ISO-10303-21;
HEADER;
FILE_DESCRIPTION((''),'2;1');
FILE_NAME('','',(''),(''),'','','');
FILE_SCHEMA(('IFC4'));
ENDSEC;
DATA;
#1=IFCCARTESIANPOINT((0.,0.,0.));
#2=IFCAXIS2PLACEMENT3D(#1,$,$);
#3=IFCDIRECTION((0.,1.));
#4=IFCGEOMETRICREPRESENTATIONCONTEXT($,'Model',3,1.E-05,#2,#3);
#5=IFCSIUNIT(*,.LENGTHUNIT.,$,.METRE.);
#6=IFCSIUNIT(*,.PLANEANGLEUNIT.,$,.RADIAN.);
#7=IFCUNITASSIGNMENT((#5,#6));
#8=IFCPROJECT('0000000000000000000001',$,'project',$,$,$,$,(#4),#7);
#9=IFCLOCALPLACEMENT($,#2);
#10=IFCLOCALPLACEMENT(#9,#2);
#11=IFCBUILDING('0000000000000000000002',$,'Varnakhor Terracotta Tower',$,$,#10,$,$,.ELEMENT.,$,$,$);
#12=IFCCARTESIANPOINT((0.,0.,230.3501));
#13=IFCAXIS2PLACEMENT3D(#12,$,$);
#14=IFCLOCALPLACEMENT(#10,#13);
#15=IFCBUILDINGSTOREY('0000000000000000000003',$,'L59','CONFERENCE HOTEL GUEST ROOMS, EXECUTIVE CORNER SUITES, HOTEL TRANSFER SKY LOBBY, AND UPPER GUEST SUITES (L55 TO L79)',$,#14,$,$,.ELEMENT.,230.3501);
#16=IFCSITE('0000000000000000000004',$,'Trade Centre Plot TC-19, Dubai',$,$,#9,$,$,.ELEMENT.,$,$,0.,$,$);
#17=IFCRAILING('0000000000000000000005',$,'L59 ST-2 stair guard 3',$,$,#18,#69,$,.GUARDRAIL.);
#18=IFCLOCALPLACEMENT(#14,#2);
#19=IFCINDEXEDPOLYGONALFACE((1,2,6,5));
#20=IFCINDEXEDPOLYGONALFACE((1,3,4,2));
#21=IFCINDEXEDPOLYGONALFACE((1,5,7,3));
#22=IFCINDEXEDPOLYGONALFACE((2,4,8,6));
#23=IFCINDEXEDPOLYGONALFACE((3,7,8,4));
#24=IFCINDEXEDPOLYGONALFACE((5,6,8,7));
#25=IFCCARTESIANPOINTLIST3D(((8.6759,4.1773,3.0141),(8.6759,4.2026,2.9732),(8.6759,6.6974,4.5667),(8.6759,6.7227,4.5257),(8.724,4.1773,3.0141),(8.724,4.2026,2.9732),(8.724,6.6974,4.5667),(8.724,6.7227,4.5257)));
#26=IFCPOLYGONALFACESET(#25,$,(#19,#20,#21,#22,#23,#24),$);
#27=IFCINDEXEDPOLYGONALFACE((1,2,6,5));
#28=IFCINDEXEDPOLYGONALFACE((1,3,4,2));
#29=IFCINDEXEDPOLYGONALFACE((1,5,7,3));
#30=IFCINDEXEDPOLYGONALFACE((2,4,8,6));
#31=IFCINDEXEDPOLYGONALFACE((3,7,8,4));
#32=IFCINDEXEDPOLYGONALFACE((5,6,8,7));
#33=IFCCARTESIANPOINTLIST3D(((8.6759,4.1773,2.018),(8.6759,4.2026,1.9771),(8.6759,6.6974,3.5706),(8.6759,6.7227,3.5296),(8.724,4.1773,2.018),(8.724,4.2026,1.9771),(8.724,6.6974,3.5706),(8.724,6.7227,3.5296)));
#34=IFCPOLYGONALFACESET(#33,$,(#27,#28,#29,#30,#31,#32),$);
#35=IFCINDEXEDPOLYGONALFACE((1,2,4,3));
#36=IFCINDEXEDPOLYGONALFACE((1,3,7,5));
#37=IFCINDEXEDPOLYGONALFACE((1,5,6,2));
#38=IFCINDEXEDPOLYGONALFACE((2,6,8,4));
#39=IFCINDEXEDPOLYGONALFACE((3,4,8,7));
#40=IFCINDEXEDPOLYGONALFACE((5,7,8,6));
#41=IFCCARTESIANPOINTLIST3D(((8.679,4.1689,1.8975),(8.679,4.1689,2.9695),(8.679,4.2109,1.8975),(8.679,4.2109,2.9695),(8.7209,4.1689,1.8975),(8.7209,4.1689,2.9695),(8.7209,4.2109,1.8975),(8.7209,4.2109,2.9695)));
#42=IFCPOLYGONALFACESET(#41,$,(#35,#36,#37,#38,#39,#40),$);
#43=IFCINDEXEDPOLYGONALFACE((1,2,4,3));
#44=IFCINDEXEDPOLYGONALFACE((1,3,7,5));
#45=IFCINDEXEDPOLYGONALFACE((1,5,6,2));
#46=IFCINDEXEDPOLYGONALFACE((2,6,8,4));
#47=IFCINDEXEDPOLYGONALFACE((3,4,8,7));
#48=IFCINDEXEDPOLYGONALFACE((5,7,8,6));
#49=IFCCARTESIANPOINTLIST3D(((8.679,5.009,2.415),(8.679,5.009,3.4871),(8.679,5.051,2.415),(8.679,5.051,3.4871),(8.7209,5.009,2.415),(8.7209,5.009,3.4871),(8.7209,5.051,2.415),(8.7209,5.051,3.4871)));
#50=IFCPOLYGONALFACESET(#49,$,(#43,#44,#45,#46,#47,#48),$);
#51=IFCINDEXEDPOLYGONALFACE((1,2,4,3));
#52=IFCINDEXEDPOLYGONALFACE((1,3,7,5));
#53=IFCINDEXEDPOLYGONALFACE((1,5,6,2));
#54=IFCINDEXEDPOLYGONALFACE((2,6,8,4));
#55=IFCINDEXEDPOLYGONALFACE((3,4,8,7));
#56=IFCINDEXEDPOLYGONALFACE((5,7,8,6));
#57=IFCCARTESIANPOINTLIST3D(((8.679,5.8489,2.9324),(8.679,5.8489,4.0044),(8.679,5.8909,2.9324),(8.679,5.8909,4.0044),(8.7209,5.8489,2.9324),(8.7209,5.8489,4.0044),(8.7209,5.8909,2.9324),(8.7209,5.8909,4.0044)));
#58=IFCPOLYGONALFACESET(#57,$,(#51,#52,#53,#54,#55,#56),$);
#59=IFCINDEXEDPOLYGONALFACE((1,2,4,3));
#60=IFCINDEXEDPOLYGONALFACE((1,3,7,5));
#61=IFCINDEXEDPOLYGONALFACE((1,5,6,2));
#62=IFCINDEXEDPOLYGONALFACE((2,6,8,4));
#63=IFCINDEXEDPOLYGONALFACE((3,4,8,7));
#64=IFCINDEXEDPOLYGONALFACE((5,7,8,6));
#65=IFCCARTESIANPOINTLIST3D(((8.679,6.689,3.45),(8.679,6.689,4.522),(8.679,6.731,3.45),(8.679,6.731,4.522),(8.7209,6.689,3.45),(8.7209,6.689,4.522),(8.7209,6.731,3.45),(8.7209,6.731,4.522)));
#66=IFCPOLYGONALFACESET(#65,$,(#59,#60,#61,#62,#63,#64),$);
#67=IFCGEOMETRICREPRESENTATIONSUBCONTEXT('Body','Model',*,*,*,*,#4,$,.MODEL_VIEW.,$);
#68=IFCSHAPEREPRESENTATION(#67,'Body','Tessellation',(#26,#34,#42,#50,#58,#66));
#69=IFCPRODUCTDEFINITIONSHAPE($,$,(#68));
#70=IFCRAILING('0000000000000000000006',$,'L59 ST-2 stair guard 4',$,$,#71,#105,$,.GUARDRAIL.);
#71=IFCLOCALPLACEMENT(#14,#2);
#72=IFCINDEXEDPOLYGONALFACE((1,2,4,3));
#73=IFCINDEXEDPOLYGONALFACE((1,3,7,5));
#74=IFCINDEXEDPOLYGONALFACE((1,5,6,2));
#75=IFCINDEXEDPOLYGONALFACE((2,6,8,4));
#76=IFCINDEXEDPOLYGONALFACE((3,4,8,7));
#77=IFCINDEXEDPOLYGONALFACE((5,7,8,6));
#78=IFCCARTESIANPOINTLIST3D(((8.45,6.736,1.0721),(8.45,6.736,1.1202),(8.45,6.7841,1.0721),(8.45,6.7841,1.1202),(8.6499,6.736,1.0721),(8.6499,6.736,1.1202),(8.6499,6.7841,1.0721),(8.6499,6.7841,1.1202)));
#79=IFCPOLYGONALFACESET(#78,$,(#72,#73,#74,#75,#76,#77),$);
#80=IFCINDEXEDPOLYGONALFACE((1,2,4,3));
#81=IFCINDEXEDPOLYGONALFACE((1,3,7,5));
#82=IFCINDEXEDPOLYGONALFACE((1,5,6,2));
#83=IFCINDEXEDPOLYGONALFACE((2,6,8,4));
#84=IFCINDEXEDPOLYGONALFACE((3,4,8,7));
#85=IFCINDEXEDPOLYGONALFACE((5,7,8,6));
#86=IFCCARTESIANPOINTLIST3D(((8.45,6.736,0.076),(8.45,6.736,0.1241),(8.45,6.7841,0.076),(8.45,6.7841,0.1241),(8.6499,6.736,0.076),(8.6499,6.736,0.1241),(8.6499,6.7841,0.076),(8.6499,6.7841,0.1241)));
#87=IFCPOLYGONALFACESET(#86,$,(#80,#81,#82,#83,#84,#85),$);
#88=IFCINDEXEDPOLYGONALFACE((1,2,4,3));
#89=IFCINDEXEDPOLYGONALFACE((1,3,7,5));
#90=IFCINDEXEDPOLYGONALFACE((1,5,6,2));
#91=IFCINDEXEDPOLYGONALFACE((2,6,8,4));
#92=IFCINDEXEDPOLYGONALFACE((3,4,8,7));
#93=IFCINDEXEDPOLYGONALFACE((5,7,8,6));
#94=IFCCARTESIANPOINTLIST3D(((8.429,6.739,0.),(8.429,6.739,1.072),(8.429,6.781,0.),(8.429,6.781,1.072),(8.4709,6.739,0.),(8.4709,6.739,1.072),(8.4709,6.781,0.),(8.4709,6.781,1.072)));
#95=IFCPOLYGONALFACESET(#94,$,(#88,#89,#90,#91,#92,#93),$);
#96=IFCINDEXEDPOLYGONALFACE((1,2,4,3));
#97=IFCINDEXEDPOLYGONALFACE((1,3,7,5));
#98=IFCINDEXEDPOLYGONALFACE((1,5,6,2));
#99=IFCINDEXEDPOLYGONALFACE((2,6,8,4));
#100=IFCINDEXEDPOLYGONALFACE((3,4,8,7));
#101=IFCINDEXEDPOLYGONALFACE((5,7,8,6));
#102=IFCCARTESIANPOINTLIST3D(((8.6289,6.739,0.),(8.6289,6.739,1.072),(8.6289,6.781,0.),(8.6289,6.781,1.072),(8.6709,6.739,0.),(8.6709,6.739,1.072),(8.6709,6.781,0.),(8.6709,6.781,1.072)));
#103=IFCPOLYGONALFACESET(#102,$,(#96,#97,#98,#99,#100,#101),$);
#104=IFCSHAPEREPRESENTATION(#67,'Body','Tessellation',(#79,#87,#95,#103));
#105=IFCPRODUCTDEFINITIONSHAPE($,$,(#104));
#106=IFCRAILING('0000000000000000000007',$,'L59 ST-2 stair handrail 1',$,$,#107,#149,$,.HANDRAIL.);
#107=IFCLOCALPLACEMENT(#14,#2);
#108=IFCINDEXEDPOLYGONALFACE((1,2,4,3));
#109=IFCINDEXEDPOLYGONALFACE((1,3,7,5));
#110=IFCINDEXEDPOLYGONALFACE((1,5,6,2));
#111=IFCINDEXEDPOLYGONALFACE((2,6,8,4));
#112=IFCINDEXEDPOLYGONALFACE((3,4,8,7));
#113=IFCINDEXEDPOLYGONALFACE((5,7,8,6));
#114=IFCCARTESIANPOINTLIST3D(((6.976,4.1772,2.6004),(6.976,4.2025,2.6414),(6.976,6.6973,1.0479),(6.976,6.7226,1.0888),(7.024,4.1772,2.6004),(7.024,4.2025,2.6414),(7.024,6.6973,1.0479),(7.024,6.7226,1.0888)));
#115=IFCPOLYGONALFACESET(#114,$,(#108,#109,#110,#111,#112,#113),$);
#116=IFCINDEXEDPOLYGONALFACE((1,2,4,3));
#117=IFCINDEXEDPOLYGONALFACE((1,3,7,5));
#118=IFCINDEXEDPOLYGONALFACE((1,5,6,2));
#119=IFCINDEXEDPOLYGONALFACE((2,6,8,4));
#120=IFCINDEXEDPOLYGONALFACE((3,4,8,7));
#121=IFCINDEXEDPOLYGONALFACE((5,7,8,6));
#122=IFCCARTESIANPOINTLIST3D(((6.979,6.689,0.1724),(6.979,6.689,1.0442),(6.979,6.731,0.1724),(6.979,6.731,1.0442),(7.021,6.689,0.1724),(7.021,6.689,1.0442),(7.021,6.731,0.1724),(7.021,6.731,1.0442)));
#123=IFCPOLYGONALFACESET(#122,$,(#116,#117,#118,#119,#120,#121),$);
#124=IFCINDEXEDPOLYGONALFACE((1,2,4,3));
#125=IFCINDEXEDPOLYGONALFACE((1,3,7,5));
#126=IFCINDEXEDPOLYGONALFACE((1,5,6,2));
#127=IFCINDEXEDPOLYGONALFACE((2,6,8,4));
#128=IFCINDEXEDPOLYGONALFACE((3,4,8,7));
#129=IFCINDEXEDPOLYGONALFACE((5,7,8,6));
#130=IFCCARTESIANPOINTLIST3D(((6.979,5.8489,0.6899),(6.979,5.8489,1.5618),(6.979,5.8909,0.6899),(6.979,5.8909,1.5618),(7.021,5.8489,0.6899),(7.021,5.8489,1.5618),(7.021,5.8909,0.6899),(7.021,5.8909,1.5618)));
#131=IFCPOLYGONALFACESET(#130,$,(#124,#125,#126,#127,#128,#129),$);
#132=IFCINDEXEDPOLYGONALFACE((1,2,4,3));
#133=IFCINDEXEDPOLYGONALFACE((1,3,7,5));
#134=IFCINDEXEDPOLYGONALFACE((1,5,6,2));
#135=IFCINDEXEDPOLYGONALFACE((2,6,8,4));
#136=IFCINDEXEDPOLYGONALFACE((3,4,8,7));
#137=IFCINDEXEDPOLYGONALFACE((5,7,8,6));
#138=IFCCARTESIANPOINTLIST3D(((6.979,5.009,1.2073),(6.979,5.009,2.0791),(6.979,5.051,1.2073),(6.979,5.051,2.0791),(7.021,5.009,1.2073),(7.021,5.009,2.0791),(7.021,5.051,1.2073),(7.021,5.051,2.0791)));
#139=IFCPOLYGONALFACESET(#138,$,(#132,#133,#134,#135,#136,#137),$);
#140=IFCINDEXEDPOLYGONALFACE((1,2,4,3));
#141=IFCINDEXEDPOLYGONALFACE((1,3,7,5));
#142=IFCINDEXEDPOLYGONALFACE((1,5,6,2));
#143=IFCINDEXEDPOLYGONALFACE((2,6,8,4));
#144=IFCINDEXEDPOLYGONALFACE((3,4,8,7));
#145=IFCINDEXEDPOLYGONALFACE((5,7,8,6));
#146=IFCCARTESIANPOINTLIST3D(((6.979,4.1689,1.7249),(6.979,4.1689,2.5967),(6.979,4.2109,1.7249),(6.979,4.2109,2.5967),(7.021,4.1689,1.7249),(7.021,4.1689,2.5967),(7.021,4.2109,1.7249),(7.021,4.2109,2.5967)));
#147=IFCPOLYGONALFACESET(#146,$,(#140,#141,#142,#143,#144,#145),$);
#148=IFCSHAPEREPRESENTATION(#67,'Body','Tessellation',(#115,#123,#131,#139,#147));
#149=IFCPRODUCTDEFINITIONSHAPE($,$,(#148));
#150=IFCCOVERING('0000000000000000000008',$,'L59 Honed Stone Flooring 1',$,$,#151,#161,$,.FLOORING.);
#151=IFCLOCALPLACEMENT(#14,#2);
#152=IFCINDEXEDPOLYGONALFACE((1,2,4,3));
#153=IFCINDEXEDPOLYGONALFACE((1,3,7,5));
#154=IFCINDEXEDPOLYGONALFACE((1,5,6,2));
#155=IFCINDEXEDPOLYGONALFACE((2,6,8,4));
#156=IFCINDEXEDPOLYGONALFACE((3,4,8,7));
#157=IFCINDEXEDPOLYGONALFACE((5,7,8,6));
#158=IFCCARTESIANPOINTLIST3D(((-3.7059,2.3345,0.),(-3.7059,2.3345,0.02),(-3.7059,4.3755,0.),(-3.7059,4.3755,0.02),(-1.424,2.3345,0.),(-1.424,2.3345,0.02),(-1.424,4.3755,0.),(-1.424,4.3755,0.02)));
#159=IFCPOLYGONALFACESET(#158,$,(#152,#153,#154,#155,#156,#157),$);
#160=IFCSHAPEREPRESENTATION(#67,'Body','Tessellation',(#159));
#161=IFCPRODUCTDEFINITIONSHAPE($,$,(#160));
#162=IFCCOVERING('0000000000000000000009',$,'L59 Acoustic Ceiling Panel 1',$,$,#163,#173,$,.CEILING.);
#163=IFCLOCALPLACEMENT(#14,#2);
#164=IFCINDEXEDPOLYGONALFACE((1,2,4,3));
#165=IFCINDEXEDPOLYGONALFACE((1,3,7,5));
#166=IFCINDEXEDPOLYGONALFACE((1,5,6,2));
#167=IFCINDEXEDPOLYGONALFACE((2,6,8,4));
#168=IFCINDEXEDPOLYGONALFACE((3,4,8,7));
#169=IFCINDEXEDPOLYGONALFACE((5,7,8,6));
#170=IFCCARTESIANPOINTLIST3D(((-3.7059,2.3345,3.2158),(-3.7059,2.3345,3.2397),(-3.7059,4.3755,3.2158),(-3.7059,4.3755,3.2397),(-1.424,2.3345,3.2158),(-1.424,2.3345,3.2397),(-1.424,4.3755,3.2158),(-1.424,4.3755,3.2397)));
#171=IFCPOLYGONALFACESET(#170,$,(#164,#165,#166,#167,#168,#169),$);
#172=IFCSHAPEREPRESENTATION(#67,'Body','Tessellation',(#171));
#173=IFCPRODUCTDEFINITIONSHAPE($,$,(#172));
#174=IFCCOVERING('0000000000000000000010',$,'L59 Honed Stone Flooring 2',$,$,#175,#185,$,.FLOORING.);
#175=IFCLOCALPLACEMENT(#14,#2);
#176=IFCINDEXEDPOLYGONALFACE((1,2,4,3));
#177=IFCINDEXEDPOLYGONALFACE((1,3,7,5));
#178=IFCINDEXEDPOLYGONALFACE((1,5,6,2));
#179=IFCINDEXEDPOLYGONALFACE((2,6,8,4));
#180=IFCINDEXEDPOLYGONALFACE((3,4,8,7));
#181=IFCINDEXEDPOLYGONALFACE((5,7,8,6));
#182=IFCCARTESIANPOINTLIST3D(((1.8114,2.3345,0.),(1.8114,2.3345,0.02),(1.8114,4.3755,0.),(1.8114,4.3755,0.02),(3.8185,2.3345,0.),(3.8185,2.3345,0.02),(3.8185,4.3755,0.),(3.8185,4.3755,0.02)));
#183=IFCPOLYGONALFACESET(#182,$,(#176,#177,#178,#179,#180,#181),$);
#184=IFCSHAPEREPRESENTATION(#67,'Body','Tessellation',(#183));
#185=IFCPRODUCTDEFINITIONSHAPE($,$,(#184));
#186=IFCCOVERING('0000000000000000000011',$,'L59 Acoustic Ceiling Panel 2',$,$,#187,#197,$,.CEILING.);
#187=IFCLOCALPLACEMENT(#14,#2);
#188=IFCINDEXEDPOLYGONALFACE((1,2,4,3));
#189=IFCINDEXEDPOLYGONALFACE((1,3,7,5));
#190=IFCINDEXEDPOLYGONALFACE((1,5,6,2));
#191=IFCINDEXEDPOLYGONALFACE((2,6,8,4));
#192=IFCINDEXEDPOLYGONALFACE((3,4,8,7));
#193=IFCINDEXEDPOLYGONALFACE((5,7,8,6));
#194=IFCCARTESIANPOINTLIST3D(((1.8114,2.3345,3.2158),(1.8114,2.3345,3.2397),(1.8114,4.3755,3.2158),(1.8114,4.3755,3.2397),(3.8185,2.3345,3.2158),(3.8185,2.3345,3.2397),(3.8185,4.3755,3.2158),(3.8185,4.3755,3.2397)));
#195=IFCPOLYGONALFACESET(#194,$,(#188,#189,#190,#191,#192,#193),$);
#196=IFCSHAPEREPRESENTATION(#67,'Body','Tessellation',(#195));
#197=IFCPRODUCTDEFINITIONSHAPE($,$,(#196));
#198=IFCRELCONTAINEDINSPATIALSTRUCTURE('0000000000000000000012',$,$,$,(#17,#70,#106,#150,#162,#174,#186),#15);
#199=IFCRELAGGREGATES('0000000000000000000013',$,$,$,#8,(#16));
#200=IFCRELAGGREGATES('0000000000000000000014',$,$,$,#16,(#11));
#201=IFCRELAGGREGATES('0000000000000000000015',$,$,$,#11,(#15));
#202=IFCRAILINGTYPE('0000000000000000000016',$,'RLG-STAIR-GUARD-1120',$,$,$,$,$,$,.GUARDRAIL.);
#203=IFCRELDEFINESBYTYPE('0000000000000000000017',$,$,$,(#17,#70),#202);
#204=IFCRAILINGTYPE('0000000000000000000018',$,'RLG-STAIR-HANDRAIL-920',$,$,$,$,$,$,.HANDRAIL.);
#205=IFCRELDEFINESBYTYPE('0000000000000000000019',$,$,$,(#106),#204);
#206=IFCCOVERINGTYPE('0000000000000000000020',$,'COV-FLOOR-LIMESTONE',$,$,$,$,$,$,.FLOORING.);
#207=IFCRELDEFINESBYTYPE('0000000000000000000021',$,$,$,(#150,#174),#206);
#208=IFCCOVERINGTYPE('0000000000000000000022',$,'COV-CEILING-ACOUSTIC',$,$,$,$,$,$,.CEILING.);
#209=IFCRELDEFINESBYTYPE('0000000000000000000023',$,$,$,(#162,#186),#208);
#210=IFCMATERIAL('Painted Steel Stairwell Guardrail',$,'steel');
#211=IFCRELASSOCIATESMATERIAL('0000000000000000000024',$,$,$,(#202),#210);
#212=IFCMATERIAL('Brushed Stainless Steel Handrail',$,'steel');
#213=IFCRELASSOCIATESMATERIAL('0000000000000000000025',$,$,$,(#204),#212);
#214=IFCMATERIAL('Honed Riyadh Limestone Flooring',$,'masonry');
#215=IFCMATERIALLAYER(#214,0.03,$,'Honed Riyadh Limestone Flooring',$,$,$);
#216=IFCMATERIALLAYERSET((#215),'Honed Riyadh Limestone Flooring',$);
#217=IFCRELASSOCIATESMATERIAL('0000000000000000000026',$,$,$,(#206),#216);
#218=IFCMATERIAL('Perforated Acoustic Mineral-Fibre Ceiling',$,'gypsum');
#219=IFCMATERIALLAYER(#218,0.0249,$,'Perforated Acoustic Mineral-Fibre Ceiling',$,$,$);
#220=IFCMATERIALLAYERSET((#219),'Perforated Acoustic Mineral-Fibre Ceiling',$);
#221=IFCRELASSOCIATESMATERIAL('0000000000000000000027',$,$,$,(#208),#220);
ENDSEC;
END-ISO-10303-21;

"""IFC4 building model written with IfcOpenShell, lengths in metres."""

from ifc_helpers import new_model, si_unit, direction, frame, origin, origin_2d, place, context, subcontext, project, spatial, rectangle, extrude, source, transform, mapped, material, layer, layer_set, type_object, element, save


model = new_model("IFC4")

# Units and contexts
model_context = context("Model", 3, precision=1e-05, world=origin(), true_north=direction((0.0, 1.0)))
body_context = subcontext(model_context, "Body", "Model", "MODEL_VIEW")
ifc_project = project(units=[si_unit("LENGTHUNIT", "METRE"), si_unit("PLANEANGLEUNIT", "RADIAN")], contexts=[model_context])

# Site, building, storey
site_placement = place(None, origin())
site = spatial("IfcSite", under=ifc_project, at=site_placement, Name="Trade Centre Plot TC-19, Dubai", CompositionType="ELEMENT", RefElevation=0.0)
building_placement = place(site_placement, origin())
building = spatial("IfcBuilding", under=site, at=building_placement, Name="Varnakhor Terracotta Tower", CompositionType="ELEMENT")
storey_placement = place(building_placement, frame((0.0, 0.0, 230.3501)))
storey = spatial("IfcBuildingStorey", under=building, at=storey_placement, Name="L59", Description="CONFERENCE HOTEL GUEST ROOMS, EXECUTIVE CORNER SUITES, HOTEL TRANSFER SKY LOBBY, AND UPPER GUEST SUITES (L55 TO L79)", CompositionType="ELEMENT", Elevation=230.3501)

# Railings
ifc_material_1 = material(Name="Painted Steel Stairwell Guardrail", Category="steel")
railing_type_1 = type_object("IfcRailingType", Name="RLG-STAIR-GUARD-1120", PredefinedType="GUARDRAIL", material=ifc_material_1)
railing_1_placement = place(storey_placement, frame((8.7, 4.1899, 1.8975)))
element("IfcRailing", 1, at=railing_1_placement, inside=storey, type_object=railing_type_1, Name="L59 ST-2 stair guard 3", PredefinedType="GUARDRAIL", context=body_context, shape_type="SweptSolid", body=[
    extrude(rectangle(XDim=0.0481, YDim=0.0481, at=origin_2d()), frame((0.0, 0.0, 1.0962), z_axis=(0.0, 0.8514, 0.524516), x_axis=(-1.0, 0.0, 0.0)), (0.0, 0.0, 1.0), 2.96),
    extrude(rectangle(XDim=0.0481, YDim=0.0481, at=origin_2d()), frame((0.0, 0.0, 0.1001), z_axis=(0.0, 0.8514, 0.524516), x_axis=(-1.0, 0.0, 0.0)), (0.0, 0.0, 1.0), 2.96),
    extrude(rectangle(XDim=0.042, YDim=0.042, at=origin_2d()), origin(), (0.0, 0.0, 1.0), 1.072),
    extrude(rectangle(XDim=0.042, YDim=0.042, at=origin_2d()), frame((0.0, 0.8401, 0.5176)), (0.0, 0.0, 1.0), 1.072),
    extrude(rectangle(XDim=0.042, YDim=0.042, at=origin_2d()), frame((0.0, 1.6799, 1.0349)), (0.0, 0.0, 1.0), 1.072),
    extrude(rectangle(XDim=0.042, YDim=0.042, at=origin_2d()), frame((0.0, 2.52, 1.5525)), (0.0, 0.0, 1.0), 1.072),
])
railing_2_placement = place(storey_placement, frame((8.45, 6.76, 0.0)))
element("IfcRailing", 2, at=railing_2_placement, inside=storey, type_object=railing_type_1, Name="L59 ST-2 stair guard 4", PredefinedType="GUARDRAIL", context=body_context, shape_type="SweptSolid", body=[
    extrude(rectangle(XDim=0.0481, YDim=0.0481, at=origin_2d()), frame((0.0, 0.0, 1.0962), z_axis=(1.0, 0.0, 0.0), x_axis=(0.0, 1.0, 0.0)), (0.0, 0.0, 1.0), 0.2),
    extrude(rectangle(XDim=0.0481, YDim=0.0481, at=origin_2d()), frame((0.0, 0.0, 0.1001), z_axis=(1.0, 0.0, 0.0), x_axis=(0.0, 1.0, 0.0)), (0.0, 0.0, 1.0), 0.2),
    extrude(rectangle(XDim=0.042, YDim=0.042, at=origin_2d()), origin(), (0.0, 0.0, 1.0), 1.072),
    extrude(rectangle(XDim=0.042, YDim=0.042, at=origin_2d()), frame((0.2, 0.0, 0.0)), (0.0, 0.0, 1.0), 1.072),
])
ifc_material_2 = material(Name="Brushed Stainless Steel Handrail", Category="steel")
railing_type_2 = type_object("IfcRailingType", Name="RLG-STAIR-HANDRAIL-920", PredefinedType="HANDRAIL", material=ifc_material_2)
railing_3_placement = place(storey_placement, frame((7.0, 6.71, 0.1724)))
element("IfcRailing", 3, at=railing_3_placement, inside=storey, type_object=railing_type_2, Name="L59 ST-2 stair handrail 1", PredefinedType="HANDRAIL", context=body_context, shape_type="SweptSolid", body=[
    extrude(rectangle(XDim=0.0481, YDim=0.0481, at=origin_2d()), frame((0.0, 0.0, 0.896), z_axis=(0.0, -0.8514, 0.524516), x_axis=(1.0, 0.0, 0.0)), (0.0, 0.0, 1.0), 2.96),
    extrude(rectangle(XDim=0.042, YDim=0.042, at=origin_2d()), origin(), (0.0, 0.0, 1.0), 0.8718),
    extrude(rectangle(XDim=0.042, YDim=0.042, at=origin_2d()), frame((0.0, -0.8401, 0.5176)), (0.0, 0.0, 1.0), 0.8718),
    extrude(rectangle(XDim=0.042, YDim=0.042, at=origin_2d()), frame((0.0, -1.6799, 1.0349)), (0.0, 0.0, 1.0), 0.8718),
    extrude(rectangle(XDim=0.042, YDim=0.042, at=origin_2d()), frame((0.0, -2.52, 1.5525)), (0.0, 0.0, 1.0), 0.8718),
])

# Coverings
ifc_material_3 = material(Name="Honed Riyadh Limestone Flooring", Category="masonry")
ifc_layer_1 = layer(ifc_material_3, 0.03, Name="Honed Riyadh Limestone Flooring")
ifc_layer_set_1 = layer_set([ifc_layer_1], Name="Honed Riyadh Limestone Flooring")
covering_type_1 = type_object("IfcCoveringType", Name="COV-FLOOR-LIMESTONE", PredefinedType="FLOORING", material=ifc_layer_set_1)
shared_shape_1 = source(origin(), body_context, "Body", "SweptSolid", [
    extrude(rectangle(XDim=2.282, YDim=2.041, at=origin_2d()), origin(), (0.0, 0.0, 1.0), 0.02),
])
covering_1_placement = place(storey_placement, frame((-2.5649, 3.355, 0.0), z_axis=(0.0, 0.0, 1.0), x_axis=(1.0, 0.0, 0.0)))
element("IfcCovering", 4, at=covering_1_placement, inside=storey, type_object=covering_type_1, Name="L59 Honed Stone Flooring 1", PredefinedType="FLOORING", context=body_context, shape_type="MappedRepresentation", body=[
    mapped(shared_shape_1, transform((0.0, 0.0, 0.0), scale=1.0)),
])
ifc_material_4 = material(Name="Perforated Acoustic Mineral-Fibre Ceiling", Category="gypsum")
ifc_layer_2 = layer(ifc_material_4, 0.0249, Name="Perforated Acoustic Mineral-Fibre Ceiling")
ifc_layer_set_2 = layer_set([ifc_layer_2], Name="Perforated Acoustic Mineral-Fibre Ceiling")
covering_type_2 = type_object("IfcCoveringType", Name="COV-CEILING-ACOUSTIC", PredefinedType="CEILING", material=ifc_layer_set_2)
shared_shape_2 = source(origin(), body_context, "Body", "SweptSolid", [
    extrude(rectangle(XDim=2.282, YDim=2.041, at=origin_2d()), origin(), (0.0, 0.0, 1.0), 0.0239),
])
covering_2_placement = place(storey_placement, frame((-2.5649, 3.355, 3.2158), z_axis=(0.0, 0.0, 1.0), x_axis=(1.0, 0.0, 0.0)))
element("IfcCovering", 5, at=covering_2_placement, inside=storey, type_object=covering_type_2, Name="L59 Acoustic Ceiling Panel 1", PredefinedType="CEILING", context=body_context, shape_type="MappedRepresentation", body=[
    mapped(shared_shape_2, transform((0.0, 0.0, 0.0), scale=1.0)),
])
shared_shape_3 = source(origin(), body_context, "Body", "SweptSolid", [
    extrude(rectangle(XDim=2.0071, YDim=2.041, at=origin_2d()), origin(), (0.0, 0.0, 1.0), 0.02),
])
covering_3_placement = place(storey_placement, frame((2.8149, 3.355, 0.0), z_axis=(0.0, 0.0, 1.0), x_axis=(1.0, 0.0, 0.0)))
element("IfcCovering", 6, at=covering_3_placement, inside=storey, type_object=covering_type_1, Name="L59 Honed Stone Flooring 2", PredefinedType="FLOORING", context=body_context, shape_type="MappedRepresentation", body=[
    mapped(shared_shape_3, transform((0.0, 0.0, 0.0), scale=1.0)),
])
shared_shape_4 = source(origin(), body_context, "Body", "SweptSolid", [
    extrude(rectangle(XDim=2.0071, YDim=2.041, at=origin_2d()), origin(), (0.0, 0.0, 1.0), 0.0239),
])
covering_4_placement = place(storey_placement, frame((2.8149, 3.355, 3.2158), z_axis=(0.0, 0.0, 1.0), x_axis=(1.0, 0.0, 0.0)))
element("IfcCovering", 7, at=covering_4_placement, inside=storey, type_object=covering_type_2, Name="L59 Acoustic Ceiling Panel 2", PredefinedType="CEILING", context=body_context, shape_type="MappedRepresentation", body=[
    mapped(shared_shape_4, transform((0.0, 0.0, 0.0), scale=1.0)),
])

save(model, "model.ifc")
